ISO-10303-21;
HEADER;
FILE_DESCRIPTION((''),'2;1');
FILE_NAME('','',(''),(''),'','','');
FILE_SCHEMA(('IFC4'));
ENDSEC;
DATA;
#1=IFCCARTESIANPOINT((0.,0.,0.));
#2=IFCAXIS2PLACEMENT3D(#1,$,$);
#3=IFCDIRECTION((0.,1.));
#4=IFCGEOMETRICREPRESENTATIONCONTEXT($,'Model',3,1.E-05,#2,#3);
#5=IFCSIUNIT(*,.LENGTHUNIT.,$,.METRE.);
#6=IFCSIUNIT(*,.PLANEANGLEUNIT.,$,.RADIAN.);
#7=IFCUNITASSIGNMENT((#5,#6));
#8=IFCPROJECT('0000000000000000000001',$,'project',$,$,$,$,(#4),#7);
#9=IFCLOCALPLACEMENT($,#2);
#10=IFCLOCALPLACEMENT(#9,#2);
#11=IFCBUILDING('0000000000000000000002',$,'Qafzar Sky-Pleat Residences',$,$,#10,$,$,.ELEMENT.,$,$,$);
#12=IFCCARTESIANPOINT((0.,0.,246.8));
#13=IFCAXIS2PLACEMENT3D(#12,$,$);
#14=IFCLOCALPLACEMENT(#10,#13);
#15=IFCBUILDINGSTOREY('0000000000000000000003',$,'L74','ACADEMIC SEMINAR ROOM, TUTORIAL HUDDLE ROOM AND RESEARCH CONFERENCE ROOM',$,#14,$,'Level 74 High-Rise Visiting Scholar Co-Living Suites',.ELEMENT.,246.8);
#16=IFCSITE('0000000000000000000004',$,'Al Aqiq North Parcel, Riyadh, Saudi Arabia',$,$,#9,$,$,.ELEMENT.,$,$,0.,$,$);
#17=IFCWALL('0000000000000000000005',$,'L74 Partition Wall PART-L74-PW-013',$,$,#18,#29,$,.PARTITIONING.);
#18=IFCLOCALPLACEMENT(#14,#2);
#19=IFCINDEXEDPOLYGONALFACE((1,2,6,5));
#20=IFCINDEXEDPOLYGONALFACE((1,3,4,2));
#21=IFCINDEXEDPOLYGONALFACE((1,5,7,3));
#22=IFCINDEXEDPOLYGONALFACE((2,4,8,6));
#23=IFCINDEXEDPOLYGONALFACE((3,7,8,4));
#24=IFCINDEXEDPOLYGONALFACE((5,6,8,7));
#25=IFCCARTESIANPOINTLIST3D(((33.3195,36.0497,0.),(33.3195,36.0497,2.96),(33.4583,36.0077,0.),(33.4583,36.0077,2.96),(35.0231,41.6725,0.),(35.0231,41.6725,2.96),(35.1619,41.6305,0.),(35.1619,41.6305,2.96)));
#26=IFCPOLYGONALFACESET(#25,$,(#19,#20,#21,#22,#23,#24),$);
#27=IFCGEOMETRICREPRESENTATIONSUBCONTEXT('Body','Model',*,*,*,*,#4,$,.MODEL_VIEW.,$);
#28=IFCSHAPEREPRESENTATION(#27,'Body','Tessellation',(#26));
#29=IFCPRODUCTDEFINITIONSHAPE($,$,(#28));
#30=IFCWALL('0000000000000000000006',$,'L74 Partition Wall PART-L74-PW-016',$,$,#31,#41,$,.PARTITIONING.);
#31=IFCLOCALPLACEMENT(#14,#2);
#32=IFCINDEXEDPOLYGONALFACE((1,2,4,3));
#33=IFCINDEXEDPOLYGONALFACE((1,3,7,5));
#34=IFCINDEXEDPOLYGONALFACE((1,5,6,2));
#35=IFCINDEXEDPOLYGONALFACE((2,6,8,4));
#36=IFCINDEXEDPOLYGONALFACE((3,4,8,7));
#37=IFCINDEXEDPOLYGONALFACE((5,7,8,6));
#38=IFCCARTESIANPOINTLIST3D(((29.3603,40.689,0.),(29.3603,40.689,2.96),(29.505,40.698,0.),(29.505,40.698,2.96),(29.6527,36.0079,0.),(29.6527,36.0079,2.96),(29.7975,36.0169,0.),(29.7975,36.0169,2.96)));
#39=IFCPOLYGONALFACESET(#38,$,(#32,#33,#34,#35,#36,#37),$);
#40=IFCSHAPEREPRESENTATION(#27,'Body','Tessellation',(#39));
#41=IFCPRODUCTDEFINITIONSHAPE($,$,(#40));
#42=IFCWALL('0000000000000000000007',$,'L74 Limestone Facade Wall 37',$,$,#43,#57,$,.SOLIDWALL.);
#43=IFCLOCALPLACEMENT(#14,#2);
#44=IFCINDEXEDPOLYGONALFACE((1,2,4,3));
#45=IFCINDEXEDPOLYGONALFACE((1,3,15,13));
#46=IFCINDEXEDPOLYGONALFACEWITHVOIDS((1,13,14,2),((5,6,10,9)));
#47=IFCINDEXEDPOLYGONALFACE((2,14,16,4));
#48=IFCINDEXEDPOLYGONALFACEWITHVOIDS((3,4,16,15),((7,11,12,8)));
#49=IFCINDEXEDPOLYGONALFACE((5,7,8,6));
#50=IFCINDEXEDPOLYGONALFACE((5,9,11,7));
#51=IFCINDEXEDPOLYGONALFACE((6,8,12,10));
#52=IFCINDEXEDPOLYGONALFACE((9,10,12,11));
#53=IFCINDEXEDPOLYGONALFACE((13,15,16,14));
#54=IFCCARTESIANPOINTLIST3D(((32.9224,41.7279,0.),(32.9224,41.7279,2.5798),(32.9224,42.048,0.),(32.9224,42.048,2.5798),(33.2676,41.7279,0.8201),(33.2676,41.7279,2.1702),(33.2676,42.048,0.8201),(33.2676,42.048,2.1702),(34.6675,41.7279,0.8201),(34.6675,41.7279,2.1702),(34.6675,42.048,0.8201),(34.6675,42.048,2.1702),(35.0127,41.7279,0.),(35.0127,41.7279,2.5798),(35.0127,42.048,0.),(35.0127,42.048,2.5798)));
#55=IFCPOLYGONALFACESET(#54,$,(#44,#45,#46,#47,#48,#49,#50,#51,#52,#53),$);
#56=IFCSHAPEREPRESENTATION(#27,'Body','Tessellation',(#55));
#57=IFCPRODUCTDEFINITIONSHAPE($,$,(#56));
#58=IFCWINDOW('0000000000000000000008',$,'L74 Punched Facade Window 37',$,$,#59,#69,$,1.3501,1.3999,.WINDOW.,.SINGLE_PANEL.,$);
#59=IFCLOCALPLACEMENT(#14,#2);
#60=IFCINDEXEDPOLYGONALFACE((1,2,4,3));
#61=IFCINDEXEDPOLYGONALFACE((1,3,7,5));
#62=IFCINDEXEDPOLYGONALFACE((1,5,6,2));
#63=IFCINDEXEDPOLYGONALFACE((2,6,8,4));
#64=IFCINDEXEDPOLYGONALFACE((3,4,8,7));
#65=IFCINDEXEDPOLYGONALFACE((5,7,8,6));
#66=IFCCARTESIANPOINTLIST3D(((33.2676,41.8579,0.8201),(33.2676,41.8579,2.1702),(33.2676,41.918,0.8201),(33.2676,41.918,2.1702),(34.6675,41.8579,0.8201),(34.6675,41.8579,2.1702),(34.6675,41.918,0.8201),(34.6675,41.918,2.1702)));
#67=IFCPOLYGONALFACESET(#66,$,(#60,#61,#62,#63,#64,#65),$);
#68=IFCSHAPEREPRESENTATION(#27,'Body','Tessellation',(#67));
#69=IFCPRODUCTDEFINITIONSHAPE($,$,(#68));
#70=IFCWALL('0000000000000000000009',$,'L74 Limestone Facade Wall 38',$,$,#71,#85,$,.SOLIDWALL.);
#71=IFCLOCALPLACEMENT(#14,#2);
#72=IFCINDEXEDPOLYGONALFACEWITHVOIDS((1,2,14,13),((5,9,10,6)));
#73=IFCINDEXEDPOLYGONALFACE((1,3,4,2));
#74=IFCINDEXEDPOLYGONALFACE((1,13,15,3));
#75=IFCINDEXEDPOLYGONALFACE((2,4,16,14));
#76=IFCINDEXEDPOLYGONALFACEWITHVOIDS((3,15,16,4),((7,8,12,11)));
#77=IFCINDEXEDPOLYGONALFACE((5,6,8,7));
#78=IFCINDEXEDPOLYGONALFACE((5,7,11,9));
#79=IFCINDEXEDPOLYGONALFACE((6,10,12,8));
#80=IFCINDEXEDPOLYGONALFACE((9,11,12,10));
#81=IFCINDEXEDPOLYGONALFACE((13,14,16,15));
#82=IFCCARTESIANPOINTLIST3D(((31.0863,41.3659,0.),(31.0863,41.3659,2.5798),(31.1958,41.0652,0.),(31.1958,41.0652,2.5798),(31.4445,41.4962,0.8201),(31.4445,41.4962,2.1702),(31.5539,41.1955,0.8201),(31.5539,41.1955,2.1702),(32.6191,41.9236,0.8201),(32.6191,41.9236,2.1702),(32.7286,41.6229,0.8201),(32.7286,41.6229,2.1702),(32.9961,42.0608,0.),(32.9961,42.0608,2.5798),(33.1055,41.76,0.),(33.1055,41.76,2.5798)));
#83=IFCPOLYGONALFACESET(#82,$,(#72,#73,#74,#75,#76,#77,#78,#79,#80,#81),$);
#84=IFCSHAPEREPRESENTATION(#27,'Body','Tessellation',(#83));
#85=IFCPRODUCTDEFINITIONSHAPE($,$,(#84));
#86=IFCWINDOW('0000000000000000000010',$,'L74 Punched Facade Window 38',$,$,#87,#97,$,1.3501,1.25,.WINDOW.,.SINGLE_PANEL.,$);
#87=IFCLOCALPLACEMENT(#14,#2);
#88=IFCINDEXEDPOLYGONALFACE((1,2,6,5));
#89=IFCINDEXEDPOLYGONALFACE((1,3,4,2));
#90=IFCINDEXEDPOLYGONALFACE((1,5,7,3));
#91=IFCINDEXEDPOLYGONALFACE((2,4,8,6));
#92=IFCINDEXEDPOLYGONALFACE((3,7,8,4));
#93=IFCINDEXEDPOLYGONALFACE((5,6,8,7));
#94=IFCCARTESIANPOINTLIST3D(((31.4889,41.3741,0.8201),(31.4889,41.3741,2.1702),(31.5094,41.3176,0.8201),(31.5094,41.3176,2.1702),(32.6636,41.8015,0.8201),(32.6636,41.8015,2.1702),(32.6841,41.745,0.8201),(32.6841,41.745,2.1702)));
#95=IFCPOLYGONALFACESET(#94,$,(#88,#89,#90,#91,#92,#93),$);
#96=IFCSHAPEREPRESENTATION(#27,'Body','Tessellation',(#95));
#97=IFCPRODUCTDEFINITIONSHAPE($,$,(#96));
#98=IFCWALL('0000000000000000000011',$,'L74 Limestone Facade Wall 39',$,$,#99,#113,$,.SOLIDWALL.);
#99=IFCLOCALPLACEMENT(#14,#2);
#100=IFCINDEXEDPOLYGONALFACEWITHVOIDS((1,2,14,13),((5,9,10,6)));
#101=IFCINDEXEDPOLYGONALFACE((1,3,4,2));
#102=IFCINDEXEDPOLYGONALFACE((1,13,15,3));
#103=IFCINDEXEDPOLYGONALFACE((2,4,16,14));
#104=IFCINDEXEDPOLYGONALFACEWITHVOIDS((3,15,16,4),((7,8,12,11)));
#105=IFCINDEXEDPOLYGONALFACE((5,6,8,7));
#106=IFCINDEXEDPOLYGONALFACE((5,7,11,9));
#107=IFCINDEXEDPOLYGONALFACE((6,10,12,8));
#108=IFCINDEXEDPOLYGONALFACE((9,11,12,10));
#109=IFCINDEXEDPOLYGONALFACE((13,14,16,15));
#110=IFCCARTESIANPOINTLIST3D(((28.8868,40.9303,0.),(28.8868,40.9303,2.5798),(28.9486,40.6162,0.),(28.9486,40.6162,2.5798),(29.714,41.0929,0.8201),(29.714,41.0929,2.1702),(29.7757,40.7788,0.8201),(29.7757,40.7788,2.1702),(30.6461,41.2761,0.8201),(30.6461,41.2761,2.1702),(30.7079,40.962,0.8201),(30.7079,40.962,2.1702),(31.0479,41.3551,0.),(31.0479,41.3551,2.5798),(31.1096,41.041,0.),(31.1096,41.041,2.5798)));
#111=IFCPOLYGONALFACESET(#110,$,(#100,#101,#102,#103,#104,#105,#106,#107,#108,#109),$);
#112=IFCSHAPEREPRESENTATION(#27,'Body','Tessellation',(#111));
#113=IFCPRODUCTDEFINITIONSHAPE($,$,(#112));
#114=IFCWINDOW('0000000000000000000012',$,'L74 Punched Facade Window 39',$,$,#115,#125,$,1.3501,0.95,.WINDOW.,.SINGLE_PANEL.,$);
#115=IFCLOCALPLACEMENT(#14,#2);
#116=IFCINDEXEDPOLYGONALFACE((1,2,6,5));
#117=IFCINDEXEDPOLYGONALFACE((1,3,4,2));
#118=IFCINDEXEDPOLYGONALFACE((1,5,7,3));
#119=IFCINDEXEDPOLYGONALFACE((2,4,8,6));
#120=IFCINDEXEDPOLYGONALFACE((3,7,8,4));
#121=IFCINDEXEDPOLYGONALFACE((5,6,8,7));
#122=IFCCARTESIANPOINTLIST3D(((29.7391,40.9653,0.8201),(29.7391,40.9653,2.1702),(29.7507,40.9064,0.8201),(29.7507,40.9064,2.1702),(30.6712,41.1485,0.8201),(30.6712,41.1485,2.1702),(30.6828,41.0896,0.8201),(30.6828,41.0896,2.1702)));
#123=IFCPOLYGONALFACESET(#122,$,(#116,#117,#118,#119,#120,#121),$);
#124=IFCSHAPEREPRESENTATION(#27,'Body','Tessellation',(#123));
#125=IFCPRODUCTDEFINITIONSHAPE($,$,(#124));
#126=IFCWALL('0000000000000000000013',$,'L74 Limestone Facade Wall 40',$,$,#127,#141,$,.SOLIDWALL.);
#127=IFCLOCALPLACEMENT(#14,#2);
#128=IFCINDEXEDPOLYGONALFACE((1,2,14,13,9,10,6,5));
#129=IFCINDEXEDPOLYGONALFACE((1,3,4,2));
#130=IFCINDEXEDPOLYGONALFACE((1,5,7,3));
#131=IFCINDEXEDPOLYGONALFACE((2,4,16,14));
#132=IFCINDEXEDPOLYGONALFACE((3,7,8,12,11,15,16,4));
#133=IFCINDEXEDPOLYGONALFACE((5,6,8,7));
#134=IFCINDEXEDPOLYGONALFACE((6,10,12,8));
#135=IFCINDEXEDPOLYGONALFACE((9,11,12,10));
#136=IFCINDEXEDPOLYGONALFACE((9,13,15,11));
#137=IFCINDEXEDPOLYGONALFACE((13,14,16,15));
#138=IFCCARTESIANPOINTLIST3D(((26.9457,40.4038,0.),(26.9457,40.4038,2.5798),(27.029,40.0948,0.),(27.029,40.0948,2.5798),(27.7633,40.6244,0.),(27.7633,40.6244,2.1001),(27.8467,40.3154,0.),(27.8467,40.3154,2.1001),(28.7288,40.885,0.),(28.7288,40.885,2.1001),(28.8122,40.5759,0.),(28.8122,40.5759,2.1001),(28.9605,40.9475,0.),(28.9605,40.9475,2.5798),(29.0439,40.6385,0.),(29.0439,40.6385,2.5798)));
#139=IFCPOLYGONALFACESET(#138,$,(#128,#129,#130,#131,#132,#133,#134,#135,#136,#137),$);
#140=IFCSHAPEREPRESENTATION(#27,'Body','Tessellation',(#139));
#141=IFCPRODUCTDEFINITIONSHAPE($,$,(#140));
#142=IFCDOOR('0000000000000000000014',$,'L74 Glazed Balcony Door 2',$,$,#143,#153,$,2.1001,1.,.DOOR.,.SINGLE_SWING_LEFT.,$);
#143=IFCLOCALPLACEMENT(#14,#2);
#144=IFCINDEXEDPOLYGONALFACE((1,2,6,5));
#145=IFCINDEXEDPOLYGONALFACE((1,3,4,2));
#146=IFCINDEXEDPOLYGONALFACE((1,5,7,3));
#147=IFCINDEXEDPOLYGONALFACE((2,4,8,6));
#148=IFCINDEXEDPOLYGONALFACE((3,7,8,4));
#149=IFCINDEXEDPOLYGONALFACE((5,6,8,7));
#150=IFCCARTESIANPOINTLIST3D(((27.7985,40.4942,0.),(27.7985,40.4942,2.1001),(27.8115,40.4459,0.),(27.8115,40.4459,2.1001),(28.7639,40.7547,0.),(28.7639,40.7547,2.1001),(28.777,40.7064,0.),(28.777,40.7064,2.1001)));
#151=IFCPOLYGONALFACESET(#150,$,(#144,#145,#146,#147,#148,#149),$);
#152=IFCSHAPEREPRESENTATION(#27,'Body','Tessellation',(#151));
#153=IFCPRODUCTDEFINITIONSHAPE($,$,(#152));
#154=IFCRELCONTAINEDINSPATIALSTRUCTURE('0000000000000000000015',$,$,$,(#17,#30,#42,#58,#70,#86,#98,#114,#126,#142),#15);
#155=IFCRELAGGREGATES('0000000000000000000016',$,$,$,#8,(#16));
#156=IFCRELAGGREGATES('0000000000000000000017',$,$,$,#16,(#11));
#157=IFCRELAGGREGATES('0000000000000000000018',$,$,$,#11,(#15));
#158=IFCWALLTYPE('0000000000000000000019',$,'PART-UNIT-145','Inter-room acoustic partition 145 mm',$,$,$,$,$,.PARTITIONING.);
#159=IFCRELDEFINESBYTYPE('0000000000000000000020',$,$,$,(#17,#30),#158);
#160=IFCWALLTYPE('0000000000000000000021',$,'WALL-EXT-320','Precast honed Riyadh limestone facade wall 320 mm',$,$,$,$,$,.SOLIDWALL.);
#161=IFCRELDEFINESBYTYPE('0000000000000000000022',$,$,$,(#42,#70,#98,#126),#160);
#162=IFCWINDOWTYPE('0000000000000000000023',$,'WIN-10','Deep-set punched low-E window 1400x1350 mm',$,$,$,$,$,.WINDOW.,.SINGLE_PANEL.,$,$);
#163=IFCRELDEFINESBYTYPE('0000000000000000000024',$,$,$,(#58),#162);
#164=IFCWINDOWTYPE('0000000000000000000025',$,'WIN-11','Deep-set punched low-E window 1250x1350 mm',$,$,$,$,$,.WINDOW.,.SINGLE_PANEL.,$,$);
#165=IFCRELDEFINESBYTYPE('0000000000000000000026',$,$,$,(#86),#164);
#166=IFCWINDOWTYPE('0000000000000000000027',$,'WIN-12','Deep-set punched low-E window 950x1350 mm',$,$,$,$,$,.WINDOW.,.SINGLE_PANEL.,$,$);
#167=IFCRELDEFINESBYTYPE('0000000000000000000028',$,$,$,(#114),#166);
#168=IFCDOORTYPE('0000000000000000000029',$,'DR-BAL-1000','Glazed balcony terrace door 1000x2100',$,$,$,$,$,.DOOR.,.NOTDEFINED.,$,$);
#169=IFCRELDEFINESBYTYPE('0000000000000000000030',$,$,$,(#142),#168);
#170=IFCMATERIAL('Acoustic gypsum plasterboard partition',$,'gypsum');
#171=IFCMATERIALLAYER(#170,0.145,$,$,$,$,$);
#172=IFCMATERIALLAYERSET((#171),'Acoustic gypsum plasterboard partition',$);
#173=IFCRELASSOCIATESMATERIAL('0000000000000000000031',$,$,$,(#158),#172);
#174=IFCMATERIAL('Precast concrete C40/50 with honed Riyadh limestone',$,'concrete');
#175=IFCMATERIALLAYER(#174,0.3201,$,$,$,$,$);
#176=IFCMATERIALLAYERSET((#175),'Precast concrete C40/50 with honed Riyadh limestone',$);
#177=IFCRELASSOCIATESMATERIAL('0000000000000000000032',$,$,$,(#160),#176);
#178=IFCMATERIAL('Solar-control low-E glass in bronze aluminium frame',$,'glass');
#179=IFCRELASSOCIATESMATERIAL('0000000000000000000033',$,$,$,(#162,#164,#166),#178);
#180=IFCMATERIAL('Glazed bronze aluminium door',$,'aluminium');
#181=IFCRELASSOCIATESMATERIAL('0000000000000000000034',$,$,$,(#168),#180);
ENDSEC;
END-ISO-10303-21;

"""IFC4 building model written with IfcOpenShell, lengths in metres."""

from ifc_helpers import new_model, si_unit, direction, frame, frame_2d, origin, place, context, subcontext, project, spatial, rectangle, extrude, source, transform, mapped, material, layer, layer_set, type_object, element, fill, save


model = new_model("IFC4")

# Units and contexts
model_context = context("Model", 3, precision=1e-05, world=origin(), true_north=direction((0.0, 1.0)))
body_context = subcontext(model_context, "Body", "Model", "MODEL_VIEW")
ifc_project = project(units=[si_unit("LENGTHUNIT", "METRE"), si_unit("PLANEANGLEUNIT", "RADIAN")], contexts=[model_context])

# Site, building, storey
site_placement = place(None, origin())
site = spatial("IfcSite", under=ifc_project, at=site_placement, Name="Al Aqiq North Parcel, Riyadh, Saudi Arabia", CompositionType="ELEMENT", RefElevation=0.0)
building_placement = place(site_placement, origin())
building = spatial("IfcBuilding", under=site, at=building_placement, Name="Qafzar Sky-Pleat Residences", CompositionType="ELEMENT")
storey_placement = place(building_placement, frame((0.0, 0.0, 246.8)))
storey = spatial("IfcBuildingStorey", under=building, at=storey_placement, Name="L74", Description="ACADEMIC SEMINAR ROOM, TUTORIAL HUDDLE ROOM AND RESEARCH CONFERENCE ROOM", LongName="Level 74 High-Rise Visiting Scholar Co-Living Suites", CompositionType="ELEMENT", Elevation=246.8)

# Shared definitions
ifc_material_1 = material(Name="Acoustic gypsum plasterboard partition", Category="gypsum")

# Walls
ifc_layer_1 = layer(ifc_material_1, 0.145)
ifc_layer_set_1 = layer_set([ifc_layer_1], Name="Acoustic gypsum plasterboard partition")
wall_type_1 = type_object("IfcWallType", Name="PART-UNIT-145", Description="Inter-room acoustic partition 145 mm", PredefinedType="PARTITIONING", material=ifc_layer_set_1)
wall_1_placement = place(storey_placement, frame((33.3889, 36.0288, 0.0), z_axis=(0.0, 0.0, 1.0), x_axis=(0.289966, 0.957037, 0.0)))
element("IfcWall", 1, at=wall_1_placement, inside=storey, type_object=wall_type_1, Name="L74 Partition Wall PART-L74-PW-013", PredefinedType="PARTITIONING", context=body_context, shape_type="SweptSolid", body=[
    extrude(rectangle(XDim=5.8752, YDim=0.145, at=frame_2d((2.9375, 0.0))), origin(), (0.0, 0.0, 1.0), 2.96),
])
wall_2_placement = place(storey_placement, frame((29.4326, 40.6936, 0.0), z_axis=(0.0, 0.0, 1.0), x_axis=(0.062359, -0.998054, 0.0)))
element("IfcWall", 2, at=wall_2_placement, inside=storey, type_object=wall_type_1, Name="L74 Partition Wall PART-L74-PW-016", PredefinedType="PARTITIONING", context=body_context, shape_type="SweptSolid", body=[
    extrude(rectangle(XDim=4.6902, YDim=0.145, at=frame_2d((2.3452, 0.0))), origin(), (0.0, 0.0, 1.0), 2.96),
])

# Walls, openings, windows
ifc_material_2 = material(Name="Precast concrete C40/50 with honed Riyadh limestone", Category="concrete")
ifc_layer_2 = layer(ifc_material_2, 0.3201)
ifc_layer_set_2 = layer_set([ifc_layer_2], Name="Precast concrete C40/50 with honed Riyadh limestone")
wall_type_2 = type_object("IfcWallType", Name="WALL-EXT-320", Description="Precast honed Riyadh limestone facade wall 320 mm", PredefinedType="SOLIDWALL", material=ifc_layer_set_2)
wall_3_placement = place(storey_placement, frame((35.0127, 41.8879, 0.0), z_axis=(0.0, 0.0, 1.0), x_axis=(-1.0, 0.0, 0.0)))
wall_3 = element("IfcWall", 3, at=wall_3_placement, inside=storey, type_object=wall_type_2, Name="L74 Limestone Facade Wall 37", PredefinedType="SOLIDWALL", context=body_context, shape_type="SweptSolid", body=[
    extrude(rectangle(XDim=2.0903, YDim=0.3201, at=frame_2d((1.0452, 0.0))), origin(), (0.0, 0.0, 1.0), 2.5798),
])
opening_1_placement = place(wall_3_placement, frame((0.3452, 0.0, 0.8201)))
opening_1 = element("IfcOpeningElement", 4, at=opening_1_placement, cuts=wall_3, PredefinedType="OPENING", context=body_context, shape_type="SweptSolid", body=[
    extrude(rectangle(XDim=1.3999, YDim=1.3501, at=frame_2d((0.7, 0.675))), frame((0.0, 0.1699, 0.0), z_axis=(0.0, -1.0, 0.0), x_axis=(1.0, 0.0, 0.0)), (0.0, 0.0, 1.0), 0.3401),
])
ifc_material_3 = material(Name="Solar-control low-E glass in bronze aluminium frame", Category="glass")
window_type_1 = type_object("IfcWindowType", Name="WIN-10", Description="Deep-set punched low-E window 1400x1350 mm", PartitioningType="SINGLE_PANEL", PredefinedType="WINDOW", material=ifc_material_3)
shared_shape_1 = source(origin(), body_context, "Body", "SweptSolid", [
    extrude(rectangle(XDim=1.3999, YDim=1.3501, at=frame_2d((0.7, 0.675))), frame((0.0, 0.03, 0.0), z_axis=(0.0, -1.0, 0.0), x_axis=(1.0, 0.0, 0.0)), (0.0, 0.0, 1.0), 0.0601),
])
window_1_placement = place(opening_1_placement, origin())
window_1 = element("IfcWindow", 5, at=window_1_placement, inside=storey, type_object=window_type_1, Name="L74 Punched Facade Window 37", OverallHeight=1.3501, OverallWidth=1.3999, PartitioningType="SINGLE_PANEL", PredefinedType="WINDOW", context=body_context, shape_type="MappedRepresentation", body=[
    mapped(shared_shape_1, transform((0.0, 0.0, 0.0), x_axis=(1.0, 0.0, 0.0), y_axis=(0.0, 1.0, 0.0), z_axis=(0.0, 0.0, 1.0), scale=1.0)),
])
fill(opening_1, window_1)
wall_4_placement = place(storey_placement, frame((33.0508, 41.9104, 0.0), z_axis=(0.0, 0.0, 1.0), x_axis=(-0.93973, -0.341917, 0.0)))
wall_4 = element("IfcWall", 6, at=wall_4_placement, inside=storey, type_object=wall_type_2, Name="L74 Limestone Facade Wall 38", PredefinedType="SOLIDWALL", context=body_context, shape_type="SweptSolid", body=[
    extrude(rectangle(XDim=2.0322, YDim=0.3201, at=frame_2d((1.0161, 0.0))), origin(), (0.0, 0.0, 1.0), 2.5798),
])
opening_2_placement = place(wall_4_placement, frame((0.4011, 0.0, 0.8201)))
opening_2 = element("IfcOpeningElement", 7, at=opening_2_placement, cuts=wall_4, PredefinedType="OPENING", context=body_context, shape_type="SweptSolid", body=[
    extrude(rectangle(XDim=1.25, YDim=1.3501, at=frame_2d((0.625, 0.675))), frame((0.0, 0.1699, 0.0), z_axis=(0.0, -1.0, 0.0), x_axis=(1.0, 0.0, 0.0)), (0.0, 0.0, 1.0), 0.3401),
])
window_type_2 = type_object("IfcWindowType", Name="WIN-11", Description="Deep-set punched low-E window 1250x1350 mm", PartitioningType="SINGLE_PANEL", PredefinedType="WINDOW", material=ifc_material_3)
shared_shape_2 = source(origin(), body_context, "Body", "SweptSolid", [
    extrude(rectangle(XDim=1.25, YDim=1.3501, at=frame_2d((0.625, 0.675))), frame((0.0, 0.03, 0.0), z_axis=(0.0, -1.0, 0.0), x_axis=(1.0, 0.0, 0.0)), (0.0, 0.0, 1.0), 0.0601),
])
window_2_placement = place(opening_2_placement, origin())
window_2 = element("IfcWindow", 8, at=window_2_placement, inside=storey, type_object=window_type_2, Name="L74 Punched Facade Window 38", OverallHeight=1.3501, OverallWidth=1.25, PartitioningType="SINGLE_PANEL", PredefinedType="WINDOW", context=body_context, shape_type="MappedRepresentation", body=[
    mapped(shared_shape_2, transform((0.0, 0.0, 0.0), x_axis=(1.0, 0.0, 0.0), y_axis=(0.0, 1.0, 0.0), z_axis=(0.0, 0.0, 1.0), scale=1.0)),
])
fill(opening_2, window_2)
wall_5_placement = place(storey_placement, frame((31.0786, 41.198, 0.0), z_axis=(0.0, 0.0, 1.0), x_axis=(-0.981223, -0.192875, 0.0)))
wall_5 = element("IfcWall", 9, at=wall_5_placement, inside=storey, type_object=wall_type_2, Name="L74 Limestone Facade Wall 39", PredefinedType="SOLIDWALL", context=body_context, shape_type="SweptSolid", body=[
    extrude(rectangle(XDim=2.2024, YDim=0.3201, at=frame_2d((1.1011, 0.0))), origin(), (0.0, 0.0, 1.0), 2.5798),
])
opening_3_placement = place(wall_5_placement, frame((0.4092, 0.0, 0.8201)))
opening_3 = element("IfcOpeningElement", 10, at=opening_3_placement, cuts=wall_5, PredefinedType="OPENING", context=body_context, shape_type="SweptSolid", body=[
    extrude(rectangle(XDim=0.95, YDim=1.3501, at=frame_2d((0.4751, 0.675))), frame((0.0, 0.1699, 0.0), z_axis=(0.0, -1.0, 0.0), x_axis=(1.0, 0.0, 0.0)), (0.0, 0.0, 1.0), 0.3401),
])
window_type_3 = type_object("IfcWindowType", Name="WIN-12", Description="Deep-set punched low-E window 950x1350 mm", PartitioningType="SINGLE_PANEL", PredefinedType="WINDOW", material=ifc_material_3)
shared_shape_3 = source(origin(), body_context, "Body", "SweptSolid", [
    extrude(rectangle(XDim=0.95, YDim=1.3501, at=frame_2d((0.4751, 0.675))), frame((0.0, 0.03, 0.0), z_axis=(0.0, -1.0, 0.0), x_axis=(1.0, 0.0, 0.0)), (0.0, 0.0, 1.0), 0.0601),
])
window_3_placement = place(opening_3_placement, origin())
window_3 = element("IfcWindow", 11, at=window_3_placement, inside=storey, type_object=window_type_3, Name="L74 Punched Facade Window 39", OverallHeight=1.3501, OverallWidth=0.95, PartitioningType="SINGLE_PANEL", PredefinedType="WINDOW", context=body_context, shape_type="MappedRepresentation", body=[
    mapped(shared_shape_3, transform((0.0, 0.0, 0.0), x_axis=(1.0, 0.0, 0.0), y_axis=(0.0, 1.0, 0.0), z_axis=(0.0, 0.0, 1.0), scale=1.0)),
])
fill(opening_3, window_3)

# Wall, opening, door
wall_6_placement = place(storey_placement, frame((29.0022, 40.793, 0.0), z_axis=(0.0, 0.0, 1.0), x_axis=(-0.965468, -0.260523, 0.0)))
wall_6 = element("IfcWall", 12, at=wall_6_placement, inside=storey, type_object=wall_type_2, Name="L74 Limestone Facade Wall 40", PredefinedType="SOLIDWALL", context=body_context, shape_type="SweptSolid", body=[
    extrude(rectangle(XDim=2.0869, YDim=0.3201, at=frame_2d((1.0435, 0.0))), origin(), (0.0, 0.0, 1.0), 2.5798),
])
opening_4_placement = place(wall_6_placement, frame((0.24, 0.0, 0.0)))
opening_4 = element("IfcOpeningElement", 13, at=opening_4_placement, cuts=wall_6, PredefinedType="OPENING", context=body_context, shape_type="SweptSolid", body=[
    extrude(rectangle(XDim=1.0, YDim=2.1001, at=frame_2d((0.5, 1.05))), frame((0.0, 0.1699, 0.0), z_axis=(0.0, -1.0, 0.0), x_axis=(1.0, 0.0, 0.0)), (0.0, 0.0, 1.0), 0.3401),
])
ifc_material_4 = material(Name="Glazed bronze aluminium door", Category="aluminium")
door_type_1 = type_object("IfcDoorType", Name="DR-BAL-1000", Description="Glazed balcony terrace door 1000x2100", OperationType="NOTDEFINED", PredefinedType="DOOR", material=ifc_material_4)
shared_shape_4 = source(origin(), body_context, "Body", "SweptSolid", [
    extrude(rectangle(XDim=1.0, YDim=2.1001, at=frame_2d((0.5, 1.05))), frame((0.0, 0.0249, 0.0), z_axis=(0.0, -1.0, 0.0), x_axis=(1.0, 0.0, 0.0)), (0.0, 0.0, 1.0), 0.05),
])
door_1_placement = place(opening_4_placement, origin())
door_1 = element("IfcDoor", 14, at=door_1_placement, inside=storey, type_object=door_type_1, Name="L74 Glazed Balcony Door 2", OperationType="SINGLE_SWING_LEFT", OverallHeight=2.1001, OverallWidth=1.0, PredefinedType="DOOR", context=body_context, shape_type="MappedRepresentation", body=[
    mapped(shared_shape_4, transform((0.0, 0.0, 0.0), x_axis=(1.0, 0.0, 0.0), y_axis=(0.0, 1.0, 0.0), z_axis=(0.0, 0.0, 1.0), scale=1.0)),
])
fill(opening_4, door_1)

save(model, "model.ifc")
